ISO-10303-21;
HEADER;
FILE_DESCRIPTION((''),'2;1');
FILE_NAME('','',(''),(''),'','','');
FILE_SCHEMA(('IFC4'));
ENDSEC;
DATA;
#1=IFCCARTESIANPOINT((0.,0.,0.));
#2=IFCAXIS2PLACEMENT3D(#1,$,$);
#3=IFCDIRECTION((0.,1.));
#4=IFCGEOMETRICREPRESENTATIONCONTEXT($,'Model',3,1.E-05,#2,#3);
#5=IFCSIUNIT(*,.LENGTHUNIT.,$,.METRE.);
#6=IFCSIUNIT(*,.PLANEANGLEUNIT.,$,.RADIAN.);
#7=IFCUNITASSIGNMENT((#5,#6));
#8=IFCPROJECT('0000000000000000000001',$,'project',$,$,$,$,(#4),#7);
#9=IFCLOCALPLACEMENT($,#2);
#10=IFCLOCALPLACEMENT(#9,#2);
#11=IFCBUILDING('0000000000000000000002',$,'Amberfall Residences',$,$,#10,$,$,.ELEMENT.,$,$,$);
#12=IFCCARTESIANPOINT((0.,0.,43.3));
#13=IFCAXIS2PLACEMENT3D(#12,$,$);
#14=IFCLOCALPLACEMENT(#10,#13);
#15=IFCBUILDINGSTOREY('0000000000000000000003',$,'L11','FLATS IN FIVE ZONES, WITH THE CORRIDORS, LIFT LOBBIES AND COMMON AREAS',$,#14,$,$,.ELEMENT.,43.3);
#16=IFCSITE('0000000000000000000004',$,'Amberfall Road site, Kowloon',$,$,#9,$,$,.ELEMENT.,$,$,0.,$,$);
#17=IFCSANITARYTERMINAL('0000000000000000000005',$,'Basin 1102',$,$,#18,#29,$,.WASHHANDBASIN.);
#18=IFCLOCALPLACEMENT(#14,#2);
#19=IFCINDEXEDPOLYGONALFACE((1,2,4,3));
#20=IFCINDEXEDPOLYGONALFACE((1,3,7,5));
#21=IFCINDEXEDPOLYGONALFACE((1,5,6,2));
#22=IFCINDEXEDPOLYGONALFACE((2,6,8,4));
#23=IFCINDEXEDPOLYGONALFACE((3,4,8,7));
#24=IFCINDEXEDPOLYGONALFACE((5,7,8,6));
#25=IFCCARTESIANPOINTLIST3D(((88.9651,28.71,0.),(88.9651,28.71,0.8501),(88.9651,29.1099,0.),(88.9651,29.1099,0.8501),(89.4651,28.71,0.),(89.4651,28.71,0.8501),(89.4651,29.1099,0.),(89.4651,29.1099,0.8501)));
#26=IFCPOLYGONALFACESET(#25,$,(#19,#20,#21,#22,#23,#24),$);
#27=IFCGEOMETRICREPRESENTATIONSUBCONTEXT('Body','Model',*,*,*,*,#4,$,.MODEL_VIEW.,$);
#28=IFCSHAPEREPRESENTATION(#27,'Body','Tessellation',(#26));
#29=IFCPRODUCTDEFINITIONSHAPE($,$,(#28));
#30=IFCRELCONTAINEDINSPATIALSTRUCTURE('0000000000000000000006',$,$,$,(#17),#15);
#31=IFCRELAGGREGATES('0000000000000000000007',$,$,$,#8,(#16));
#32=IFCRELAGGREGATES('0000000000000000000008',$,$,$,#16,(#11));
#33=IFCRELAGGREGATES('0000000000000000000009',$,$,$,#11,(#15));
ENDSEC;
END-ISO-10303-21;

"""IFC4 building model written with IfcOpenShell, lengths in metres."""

from ifc_helpers import new_model, si_unit, direction, frame, origin, origin_2d, place, context, subcontext, project, spatial, rectangle, extrude, element, save


model = new_model("IFC4")

# Units and contexts
model_context = context("Model", 3, precision=1e-05, world=origin(), true_north=direction((0.0, 1.0)))
body_context = subcontext(model_context, "Body", "Model", "MODEL_VIEW")
ifc_project = project(units=[si_unit("LENGTHUNIT", "METRE"), si_unit("PLANEANGLEUNIT", "RADIAN")], contexts=[model_context])

# Site, building, storey
site_placement = place(None, origin())
site = spatial("IfcSite", under=ifc_project, at=site_placement, Name="Amberfall Road site, Kowloon", CompositionType="ELEMENT", RefElevation=0.0)
building_placement = place(site_placement, origin())
building = spatial("IfcBuilding", under=site, at=building_placement, Name="Amberfall Residences", CompositionType="ELEMENT")
storey_placement = place(building_placement, frame((0.0, 0.0, 43.3)))
storey = spatial("IfcBuildingStorey", under=building, at=storey_placement, Name="L11", Description="FLATS IN FIVE ZONES, WITH THE CORRIDORS, LIFT LOBBIES AND COMMON AREAS", CompositionType="ELEMENT", Elevation=43.3)

# Sanitary terminal
sanitary_terminal_placement = place(storey_placement, frame((89.2151, 28.9099, 0.0), z_axis=(0.0, 0.0, 1.0), x_axis=(1.0, 0.0, 0.0)))
element("IfcSanitaryTerminal", 1, at=sanitary_terminal_placement, inside=storey, Name="Basin 1102", PredefinedType="WASHHANDBASIN", context=body_context, shape_type="SweptSolid", body=[
    extrude(rectangle(XDim=0.5, YDim=0.3999, at=origin_2d()), origin(), (0.0, 0.0, 1.0), 0.8501),
])

save(model, "model.ifc")
